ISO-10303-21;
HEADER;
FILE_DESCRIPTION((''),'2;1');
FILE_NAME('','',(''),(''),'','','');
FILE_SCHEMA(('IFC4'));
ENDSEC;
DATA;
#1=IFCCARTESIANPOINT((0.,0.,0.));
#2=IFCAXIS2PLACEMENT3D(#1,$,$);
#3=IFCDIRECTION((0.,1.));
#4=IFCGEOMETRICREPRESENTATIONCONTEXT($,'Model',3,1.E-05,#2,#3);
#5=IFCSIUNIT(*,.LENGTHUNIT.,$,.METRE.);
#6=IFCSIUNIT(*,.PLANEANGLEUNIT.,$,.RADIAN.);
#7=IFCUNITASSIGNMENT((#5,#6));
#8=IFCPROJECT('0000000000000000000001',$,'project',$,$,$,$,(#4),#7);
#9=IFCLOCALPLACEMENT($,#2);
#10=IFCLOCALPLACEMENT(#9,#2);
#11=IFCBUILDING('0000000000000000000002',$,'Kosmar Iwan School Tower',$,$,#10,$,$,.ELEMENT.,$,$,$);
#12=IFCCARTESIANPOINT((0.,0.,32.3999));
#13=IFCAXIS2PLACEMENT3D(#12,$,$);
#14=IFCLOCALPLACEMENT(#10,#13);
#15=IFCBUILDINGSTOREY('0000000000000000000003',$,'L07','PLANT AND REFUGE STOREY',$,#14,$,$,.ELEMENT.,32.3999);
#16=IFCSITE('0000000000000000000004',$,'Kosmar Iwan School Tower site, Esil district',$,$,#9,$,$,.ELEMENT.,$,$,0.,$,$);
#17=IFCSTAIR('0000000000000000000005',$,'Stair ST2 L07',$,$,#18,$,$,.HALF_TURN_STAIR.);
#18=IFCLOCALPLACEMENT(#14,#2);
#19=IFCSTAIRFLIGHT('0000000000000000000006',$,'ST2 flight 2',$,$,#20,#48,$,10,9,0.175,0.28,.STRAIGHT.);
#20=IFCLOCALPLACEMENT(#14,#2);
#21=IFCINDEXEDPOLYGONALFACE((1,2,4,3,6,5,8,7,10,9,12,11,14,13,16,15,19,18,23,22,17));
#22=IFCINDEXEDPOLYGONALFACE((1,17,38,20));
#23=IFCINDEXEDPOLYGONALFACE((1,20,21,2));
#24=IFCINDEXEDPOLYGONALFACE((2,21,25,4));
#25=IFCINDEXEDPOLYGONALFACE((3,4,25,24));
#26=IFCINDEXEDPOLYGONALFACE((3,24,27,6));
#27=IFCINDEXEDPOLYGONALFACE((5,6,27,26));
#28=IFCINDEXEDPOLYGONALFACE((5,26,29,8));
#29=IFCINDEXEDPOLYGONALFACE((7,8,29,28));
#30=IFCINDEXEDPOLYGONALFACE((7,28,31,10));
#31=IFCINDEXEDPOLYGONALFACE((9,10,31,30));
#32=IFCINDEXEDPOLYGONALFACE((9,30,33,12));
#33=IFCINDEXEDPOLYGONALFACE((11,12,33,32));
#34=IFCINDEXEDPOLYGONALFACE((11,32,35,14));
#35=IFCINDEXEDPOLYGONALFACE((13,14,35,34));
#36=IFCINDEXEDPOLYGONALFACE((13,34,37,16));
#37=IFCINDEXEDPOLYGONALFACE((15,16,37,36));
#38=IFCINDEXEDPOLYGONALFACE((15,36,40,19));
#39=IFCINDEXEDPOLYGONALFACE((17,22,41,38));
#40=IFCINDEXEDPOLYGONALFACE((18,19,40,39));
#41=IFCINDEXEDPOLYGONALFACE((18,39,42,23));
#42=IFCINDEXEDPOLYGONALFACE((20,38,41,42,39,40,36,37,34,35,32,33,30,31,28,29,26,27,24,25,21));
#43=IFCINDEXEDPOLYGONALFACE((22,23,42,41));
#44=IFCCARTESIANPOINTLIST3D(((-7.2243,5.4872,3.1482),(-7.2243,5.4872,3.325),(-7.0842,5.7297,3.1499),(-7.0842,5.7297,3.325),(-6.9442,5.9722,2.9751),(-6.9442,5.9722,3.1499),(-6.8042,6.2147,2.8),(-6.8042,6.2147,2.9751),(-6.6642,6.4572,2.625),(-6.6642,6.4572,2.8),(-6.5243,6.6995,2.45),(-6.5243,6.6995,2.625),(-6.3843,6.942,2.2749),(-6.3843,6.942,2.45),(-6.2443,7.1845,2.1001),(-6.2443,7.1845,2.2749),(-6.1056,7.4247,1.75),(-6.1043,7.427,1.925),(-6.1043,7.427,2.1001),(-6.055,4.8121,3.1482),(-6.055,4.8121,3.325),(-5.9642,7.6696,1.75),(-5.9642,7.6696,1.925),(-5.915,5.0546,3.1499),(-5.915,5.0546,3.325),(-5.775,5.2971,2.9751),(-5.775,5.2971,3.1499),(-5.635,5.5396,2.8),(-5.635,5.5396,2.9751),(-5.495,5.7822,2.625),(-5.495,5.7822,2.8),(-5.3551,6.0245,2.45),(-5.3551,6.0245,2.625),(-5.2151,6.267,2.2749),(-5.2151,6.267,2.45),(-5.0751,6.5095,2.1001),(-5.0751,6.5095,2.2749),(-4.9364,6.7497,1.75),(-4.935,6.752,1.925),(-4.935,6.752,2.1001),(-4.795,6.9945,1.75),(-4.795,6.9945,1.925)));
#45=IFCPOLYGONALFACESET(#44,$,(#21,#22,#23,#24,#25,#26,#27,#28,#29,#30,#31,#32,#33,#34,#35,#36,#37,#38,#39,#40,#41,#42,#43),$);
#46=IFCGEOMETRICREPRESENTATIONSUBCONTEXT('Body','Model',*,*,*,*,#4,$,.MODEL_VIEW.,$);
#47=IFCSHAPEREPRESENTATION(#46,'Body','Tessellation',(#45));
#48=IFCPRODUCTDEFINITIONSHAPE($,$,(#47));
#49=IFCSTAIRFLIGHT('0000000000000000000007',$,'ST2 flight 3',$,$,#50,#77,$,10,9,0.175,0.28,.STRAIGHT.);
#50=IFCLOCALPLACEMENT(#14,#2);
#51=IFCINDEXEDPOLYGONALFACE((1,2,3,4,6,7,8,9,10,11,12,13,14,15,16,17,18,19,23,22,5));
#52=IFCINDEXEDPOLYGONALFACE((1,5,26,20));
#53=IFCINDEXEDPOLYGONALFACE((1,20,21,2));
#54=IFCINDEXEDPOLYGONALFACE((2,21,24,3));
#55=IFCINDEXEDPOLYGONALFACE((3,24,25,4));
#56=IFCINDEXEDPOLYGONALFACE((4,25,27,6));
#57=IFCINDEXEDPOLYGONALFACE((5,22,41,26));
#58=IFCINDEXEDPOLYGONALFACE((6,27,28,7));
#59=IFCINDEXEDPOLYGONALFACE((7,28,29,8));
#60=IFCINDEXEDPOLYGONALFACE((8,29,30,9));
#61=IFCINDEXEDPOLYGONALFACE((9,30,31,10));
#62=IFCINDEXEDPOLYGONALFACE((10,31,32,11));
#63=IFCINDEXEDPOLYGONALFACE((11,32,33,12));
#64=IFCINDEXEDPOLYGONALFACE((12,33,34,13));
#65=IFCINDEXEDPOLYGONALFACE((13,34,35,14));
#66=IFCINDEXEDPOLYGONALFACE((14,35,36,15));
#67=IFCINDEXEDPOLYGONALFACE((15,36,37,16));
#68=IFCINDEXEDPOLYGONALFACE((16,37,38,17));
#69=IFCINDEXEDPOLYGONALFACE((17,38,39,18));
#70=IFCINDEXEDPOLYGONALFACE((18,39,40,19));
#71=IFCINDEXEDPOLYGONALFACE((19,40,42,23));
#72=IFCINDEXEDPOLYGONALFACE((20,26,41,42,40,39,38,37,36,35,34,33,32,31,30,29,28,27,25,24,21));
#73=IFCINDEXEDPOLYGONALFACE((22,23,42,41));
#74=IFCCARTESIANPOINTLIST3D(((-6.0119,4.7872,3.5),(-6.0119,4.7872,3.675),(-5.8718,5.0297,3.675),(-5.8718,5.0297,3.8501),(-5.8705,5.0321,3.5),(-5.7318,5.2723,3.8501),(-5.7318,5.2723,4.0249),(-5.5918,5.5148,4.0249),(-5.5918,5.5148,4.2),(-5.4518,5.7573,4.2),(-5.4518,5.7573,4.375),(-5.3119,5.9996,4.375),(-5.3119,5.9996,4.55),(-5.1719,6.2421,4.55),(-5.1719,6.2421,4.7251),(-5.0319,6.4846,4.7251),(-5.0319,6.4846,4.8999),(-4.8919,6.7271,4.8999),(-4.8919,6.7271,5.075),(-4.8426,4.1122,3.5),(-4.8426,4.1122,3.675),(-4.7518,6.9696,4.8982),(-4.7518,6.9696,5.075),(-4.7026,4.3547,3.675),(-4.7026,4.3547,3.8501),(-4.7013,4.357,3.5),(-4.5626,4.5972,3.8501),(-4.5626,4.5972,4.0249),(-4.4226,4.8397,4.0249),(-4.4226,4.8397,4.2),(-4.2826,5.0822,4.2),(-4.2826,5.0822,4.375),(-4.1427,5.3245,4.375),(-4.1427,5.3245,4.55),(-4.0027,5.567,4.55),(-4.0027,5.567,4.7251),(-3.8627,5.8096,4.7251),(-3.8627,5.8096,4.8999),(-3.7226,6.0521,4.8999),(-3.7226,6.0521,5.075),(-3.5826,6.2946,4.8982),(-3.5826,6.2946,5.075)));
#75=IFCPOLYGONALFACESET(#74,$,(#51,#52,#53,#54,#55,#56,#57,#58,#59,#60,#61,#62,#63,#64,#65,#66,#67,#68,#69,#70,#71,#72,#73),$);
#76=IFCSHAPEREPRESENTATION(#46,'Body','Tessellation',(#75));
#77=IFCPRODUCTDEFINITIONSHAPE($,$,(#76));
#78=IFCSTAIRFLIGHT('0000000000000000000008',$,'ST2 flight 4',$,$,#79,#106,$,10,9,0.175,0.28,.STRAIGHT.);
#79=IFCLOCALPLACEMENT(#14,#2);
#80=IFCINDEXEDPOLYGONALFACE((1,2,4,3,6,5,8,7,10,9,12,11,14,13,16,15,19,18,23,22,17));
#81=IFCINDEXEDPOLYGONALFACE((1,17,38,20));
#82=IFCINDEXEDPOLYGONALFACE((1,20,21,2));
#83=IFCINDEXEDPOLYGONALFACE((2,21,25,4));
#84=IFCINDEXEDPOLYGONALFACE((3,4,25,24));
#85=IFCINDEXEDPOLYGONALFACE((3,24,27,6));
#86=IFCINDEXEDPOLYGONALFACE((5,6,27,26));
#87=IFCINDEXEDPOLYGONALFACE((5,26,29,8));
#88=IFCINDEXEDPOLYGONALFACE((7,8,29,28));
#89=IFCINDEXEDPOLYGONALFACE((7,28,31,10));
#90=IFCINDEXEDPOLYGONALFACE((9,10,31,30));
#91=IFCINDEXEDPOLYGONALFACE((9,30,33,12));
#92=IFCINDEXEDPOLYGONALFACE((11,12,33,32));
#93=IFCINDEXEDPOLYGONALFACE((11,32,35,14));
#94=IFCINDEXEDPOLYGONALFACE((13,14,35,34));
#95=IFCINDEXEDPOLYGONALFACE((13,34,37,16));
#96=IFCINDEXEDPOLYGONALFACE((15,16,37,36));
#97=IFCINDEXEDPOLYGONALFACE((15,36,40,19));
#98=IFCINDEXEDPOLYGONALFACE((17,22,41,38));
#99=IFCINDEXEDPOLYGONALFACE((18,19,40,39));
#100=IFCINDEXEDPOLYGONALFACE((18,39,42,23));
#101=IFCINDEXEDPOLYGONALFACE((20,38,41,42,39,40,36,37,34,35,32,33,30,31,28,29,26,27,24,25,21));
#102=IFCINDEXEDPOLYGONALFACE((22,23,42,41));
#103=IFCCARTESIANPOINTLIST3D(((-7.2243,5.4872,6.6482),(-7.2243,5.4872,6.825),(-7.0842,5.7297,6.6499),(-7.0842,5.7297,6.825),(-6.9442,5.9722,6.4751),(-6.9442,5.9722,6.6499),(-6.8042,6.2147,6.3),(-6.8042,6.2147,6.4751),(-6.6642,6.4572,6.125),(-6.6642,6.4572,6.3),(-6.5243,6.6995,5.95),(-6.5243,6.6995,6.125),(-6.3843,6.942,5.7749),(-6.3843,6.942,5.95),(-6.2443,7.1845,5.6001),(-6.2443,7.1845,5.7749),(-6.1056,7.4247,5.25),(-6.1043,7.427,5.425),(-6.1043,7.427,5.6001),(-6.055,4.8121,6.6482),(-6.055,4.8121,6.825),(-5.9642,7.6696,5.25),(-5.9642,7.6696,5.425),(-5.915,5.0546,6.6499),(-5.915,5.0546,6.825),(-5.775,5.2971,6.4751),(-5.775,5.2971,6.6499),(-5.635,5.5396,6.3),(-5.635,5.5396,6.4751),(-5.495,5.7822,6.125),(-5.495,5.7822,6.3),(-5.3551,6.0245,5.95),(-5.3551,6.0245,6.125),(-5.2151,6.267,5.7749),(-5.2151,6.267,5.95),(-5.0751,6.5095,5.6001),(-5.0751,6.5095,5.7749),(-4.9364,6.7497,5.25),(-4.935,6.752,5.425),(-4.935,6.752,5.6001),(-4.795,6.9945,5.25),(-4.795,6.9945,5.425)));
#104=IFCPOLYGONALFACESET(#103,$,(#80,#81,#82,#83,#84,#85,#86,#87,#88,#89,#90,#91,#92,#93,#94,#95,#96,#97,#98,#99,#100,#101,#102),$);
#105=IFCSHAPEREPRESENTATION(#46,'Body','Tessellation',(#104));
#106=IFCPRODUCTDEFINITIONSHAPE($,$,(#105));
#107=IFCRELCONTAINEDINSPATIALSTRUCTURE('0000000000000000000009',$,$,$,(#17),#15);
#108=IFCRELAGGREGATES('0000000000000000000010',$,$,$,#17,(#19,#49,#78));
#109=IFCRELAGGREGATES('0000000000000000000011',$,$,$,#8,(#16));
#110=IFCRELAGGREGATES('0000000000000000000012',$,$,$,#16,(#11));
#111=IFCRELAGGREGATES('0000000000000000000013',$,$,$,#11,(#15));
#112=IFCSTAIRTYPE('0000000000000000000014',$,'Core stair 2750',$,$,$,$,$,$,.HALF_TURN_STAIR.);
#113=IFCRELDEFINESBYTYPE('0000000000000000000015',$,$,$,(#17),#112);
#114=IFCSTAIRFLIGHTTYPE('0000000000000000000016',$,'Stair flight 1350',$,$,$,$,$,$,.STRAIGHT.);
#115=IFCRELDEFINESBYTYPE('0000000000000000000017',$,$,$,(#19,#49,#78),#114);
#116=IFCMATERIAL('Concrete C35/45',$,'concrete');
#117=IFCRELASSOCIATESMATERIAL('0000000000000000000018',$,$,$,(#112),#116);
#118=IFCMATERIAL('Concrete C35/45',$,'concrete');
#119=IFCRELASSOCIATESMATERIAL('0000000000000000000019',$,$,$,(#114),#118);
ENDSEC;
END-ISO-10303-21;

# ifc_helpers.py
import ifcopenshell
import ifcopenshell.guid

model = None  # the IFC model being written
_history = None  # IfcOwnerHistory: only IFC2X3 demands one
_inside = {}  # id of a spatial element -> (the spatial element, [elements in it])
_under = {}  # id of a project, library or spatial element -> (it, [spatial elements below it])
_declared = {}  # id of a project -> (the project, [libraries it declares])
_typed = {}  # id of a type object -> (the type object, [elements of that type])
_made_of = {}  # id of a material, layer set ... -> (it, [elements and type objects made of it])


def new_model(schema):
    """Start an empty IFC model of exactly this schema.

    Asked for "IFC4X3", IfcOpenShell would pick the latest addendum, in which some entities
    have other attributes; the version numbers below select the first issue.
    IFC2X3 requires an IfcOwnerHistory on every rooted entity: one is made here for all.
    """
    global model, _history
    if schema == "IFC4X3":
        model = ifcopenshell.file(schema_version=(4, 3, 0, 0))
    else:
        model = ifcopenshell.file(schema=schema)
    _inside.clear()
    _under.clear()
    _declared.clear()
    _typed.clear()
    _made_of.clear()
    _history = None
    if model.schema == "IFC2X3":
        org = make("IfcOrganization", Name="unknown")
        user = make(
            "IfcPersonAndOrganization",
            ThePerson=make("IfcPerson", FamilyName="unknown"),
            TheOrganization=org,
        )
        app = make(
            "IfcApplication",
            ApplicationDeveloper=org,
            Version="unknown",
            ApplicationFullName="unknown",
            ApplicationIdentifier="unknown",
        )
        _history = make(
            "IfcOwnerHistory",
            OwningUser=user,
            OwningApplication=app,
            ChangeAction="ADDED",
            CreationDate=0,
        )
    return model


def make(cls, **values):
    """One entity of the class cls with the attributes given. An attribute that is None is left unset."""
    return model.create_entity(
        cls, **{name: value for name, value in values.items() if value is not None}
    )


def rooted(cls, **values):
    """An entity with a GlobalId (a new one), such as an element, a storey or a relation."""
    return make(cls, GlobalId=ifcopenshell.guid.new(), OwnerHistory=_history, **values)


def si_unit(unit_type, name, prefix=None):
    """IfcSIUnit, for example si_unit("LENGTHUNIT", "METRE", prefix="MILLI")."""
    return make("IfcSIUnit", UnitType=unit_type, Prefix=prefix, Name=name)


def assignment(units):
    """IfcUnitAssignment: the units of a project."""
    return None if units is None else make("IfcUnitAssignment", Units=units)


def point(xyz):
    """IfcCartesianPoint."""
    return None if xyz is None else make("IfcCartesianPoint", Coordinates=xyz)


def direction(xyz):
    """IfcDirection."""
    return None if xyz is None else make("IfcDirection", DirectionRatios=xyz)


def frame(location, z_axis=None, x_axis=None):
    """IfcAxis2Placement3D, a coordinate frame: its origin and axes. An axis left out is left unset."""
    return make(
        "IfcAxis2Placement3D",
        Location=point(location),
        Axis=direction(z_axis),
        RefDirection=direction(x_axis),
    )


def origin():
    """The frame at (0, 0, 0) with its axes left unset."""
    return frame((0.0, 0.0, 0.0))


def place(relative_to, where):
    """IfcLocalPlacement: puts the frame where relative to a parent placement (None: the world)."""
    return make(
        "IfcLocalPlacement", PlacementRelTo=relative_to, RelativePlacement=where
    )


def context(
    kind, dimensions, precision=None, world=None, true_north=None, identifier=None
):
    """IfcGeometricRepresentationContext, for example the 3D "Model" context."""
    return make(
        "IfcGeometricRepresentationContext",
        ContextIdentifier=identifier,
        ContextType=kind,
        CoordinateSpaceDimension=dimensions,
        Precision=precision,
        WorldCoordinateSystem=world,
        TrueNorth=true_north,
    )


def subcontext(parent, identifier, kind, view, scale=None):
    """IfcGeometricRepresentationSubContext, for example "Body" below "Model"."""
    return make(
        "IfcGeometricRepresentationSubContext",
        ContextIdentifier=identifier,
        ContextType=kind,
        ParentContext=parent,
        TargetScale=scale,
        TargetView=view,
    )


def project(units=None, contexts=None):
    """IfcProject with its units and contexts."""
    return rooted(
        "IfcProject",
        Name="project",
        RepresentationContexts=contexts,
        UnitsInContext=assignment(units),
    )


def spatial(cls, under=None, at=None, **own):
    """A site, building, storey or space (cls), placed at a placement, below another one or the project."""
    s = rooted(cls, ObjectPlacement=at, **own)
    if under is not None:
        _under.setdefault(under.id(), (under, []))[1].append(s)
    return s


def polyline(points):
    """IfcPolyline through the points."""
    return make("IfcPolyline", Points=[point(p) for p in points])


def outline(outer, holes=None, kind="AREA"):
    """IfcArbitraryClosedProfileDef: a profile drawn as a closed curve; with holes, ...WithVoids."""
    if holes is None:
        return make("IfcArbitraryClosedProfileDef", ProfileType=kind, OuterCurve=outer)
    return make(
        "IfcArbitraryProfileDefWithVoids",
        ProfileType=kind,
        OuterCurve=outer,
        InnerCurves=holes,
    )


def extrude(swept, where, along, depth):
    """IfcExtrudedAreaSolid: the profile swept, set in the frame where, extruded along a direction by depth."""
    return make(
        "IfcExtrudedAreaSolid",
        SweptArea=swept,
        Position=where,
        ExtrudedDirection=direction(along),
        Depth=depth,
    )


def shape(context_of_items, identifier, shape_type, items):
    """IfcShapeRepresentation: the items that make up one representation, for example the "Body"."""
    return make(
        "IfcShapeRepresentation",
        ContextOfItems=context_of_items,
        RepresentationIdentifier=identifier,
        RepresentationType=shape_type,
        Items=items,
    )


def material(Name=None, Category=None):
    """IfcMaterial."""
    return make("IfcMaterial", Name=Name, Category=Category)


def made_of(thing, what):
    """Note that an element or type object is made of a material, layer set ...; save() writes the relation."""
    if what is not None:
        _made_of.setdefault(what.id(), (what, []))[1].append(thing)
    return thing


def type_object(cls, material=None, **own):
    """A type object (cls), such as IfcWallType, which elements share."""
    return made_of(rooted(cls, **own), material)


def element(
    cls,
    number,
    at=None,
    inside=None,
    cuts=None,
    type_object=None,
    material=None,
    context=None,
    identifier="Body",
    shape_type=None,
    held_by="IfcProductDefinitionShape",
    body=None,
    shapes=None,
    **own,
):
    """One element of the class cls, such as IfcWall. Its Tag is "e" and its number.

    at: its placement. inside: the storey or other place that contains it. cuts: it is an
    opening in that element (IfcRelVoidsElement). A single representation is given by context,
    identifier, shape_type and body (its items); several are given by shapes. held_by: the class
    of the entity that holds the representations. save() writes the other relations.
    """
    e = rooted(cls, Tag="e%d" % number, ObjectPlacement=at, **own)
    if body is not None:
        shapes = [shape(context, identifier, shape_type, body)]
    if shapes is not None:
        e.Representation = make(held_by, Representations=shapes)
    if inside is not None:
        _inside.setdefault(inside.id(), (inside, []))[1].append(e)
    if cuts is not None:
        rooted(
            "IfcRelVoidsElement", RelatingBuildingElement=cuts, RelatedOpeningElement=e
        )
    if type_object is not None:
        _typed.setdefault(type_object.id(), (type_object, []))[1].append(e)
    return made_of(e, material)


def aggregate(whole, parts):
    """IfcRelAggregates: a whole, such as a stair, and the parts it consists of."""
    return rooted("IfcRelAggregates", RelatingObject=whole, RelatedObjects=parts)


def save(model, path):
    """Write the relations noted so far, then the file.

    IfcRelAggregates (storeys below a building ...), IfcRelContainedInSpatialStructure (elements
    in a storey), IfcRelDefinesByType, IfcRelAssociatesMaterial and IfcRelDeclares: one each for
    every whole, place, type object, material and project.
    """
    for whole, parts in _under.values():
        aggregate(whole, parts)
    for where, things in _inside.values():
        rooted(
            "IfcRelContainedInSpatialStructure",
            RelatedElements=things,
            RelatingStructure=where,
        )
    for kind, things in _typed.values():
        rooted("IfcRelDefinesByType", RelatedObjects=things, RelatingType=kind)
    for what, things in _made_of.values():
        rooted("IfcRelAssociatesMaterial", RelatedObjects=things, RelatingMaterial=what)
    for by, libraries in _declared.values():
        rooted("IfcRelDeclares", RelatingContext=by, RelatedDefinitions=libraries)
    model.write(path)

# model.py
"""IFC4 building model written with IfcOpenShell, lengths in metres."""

from ifc_helpers import new_model, si_unit, direction, frame, origin, place, context, subcontext, project, spatial, polyline, outline, extrude, material, type_object, element, aggregate, save


model = new_model("IFC4")

# Units and contexts
model_context = context("Model", 3, precision=1e-05, world=origin(), true_north=direction((0.0, 1.0)))
body_context = subcontext(model_context, "Body", "Model", "MODEL_VIEW")
ifc_project = project(units=[si_unit("LENGTHUNIT", "METRE"), si_unit("PLANEANGLEUNIT", "RADIAN")], contexts=[model_context])

# Site, building, storey
site_placement = place(None, origin())
site = spatial("IfcSite", under=ifc_project, at=site_placement, Name="Kosmar Iwan School Tower site, Esil district", CompositionType="ELEMENT", RefElevation=0.0)
building_placement = place(site_placement, origin())
building = spatial("IfcBuilding", under=site, at=building_placement, Name="Kosmar Iwan School Tower", CompositionType="ELEMENT")
storey_placement = place(building_placement, frame((0.0, 0.0, 32.3999)))
storey = spatial("IfcBuildingStorey", under=building, at=storey_placement, Name="L07", Description="PLANT AND REFUGE STOREY", CompositionType="ELEMENT", Elevation=32.3999)

# Stair, stair flights
ifc_material_1 = material(Name="Concrete C35/45", Category="concrete")
stair_type = type_object("IfcStairType", Name="Core stair 2750", PredefinedType="HALF_TURN_STAIR", material=ifc_material_1)
stair_placement = place(storey_placement, origin())
stair = element("IfcStair", 1, at=stair_placement, inside=storey, type_object=stair_type, Name="Stair ST2 L07", PredefinedType="HALF_TURN_STAIR")
ifc_material_2 = material(Name="Concrete C35/45", Category="concrete")
stair_flight_type = type_object("IfcStairFlightType", Name="Stair flight 1350", PredefinedType="STRAIGHT", material=ifc_material_2)
stair_flight_1_placement = place(storey_placement, frame((-5.3796, 7.332, 1.75), z_axis=(0.0, 0.0, 1.0), x_axis=(-0.5, -0.866025, 0.0)))
stair_flight_1 = element("IfcStairFlight", 2, at=stair_flight_1_placement, type_object=stair_flight_type, Name="ST2 flight 2", NumberOfRisers=10, NumberOfTreads=9, PredefinedType="STRAIGHT", RiserHeight=0.175, TreadLength=0.28, context=body_context, shape_type="SweptSolid", body=[
    extrude(outline(polyline([(0.0, 0.0), (0.0, 0.175), (0.28, 0.175), (0.28, 0.3501), (0.5601, 0.3501), (0.5601, 0.5249), (0.8401, 0.5249), (0.8401, 0.7), (1.1201, 0.7), (1.1201, 0.875), (1.3999, 0.875), (1.3999, 1.05), (1.6799, 1.05), (1.6799, 1.2251), (1.96, 1.2251), (1.96, 1.3999), (2.24, 1.3999), (2.24, 1.575), (2.52, 1.575), (2.52, 1.75), (2.52, 1.3982), (0.2827, 0.0), (0.0, 0.0)])), frame((0.0, 0.675, 0.0), z_axis=(0.0, -1.0, 0.0), x_axis=(1.0, 0.0, 0.0)), (0.0, 0.0, 1.0), 1.3501),
])
stair_flight_2_placement = place(storey_placement, frame((-5.4272, 4.4497, 3.5), z_axis=(0.0, 0.0, 1.0), x_axis=(0.5, 0.866025, 0.0)))
stair_flight_2 = element("IfcStairFlight", 3, at=stair_flight_2_placement, type_object=stair_flight_type, Name="ST2 flight 3", NumberOfRisers=10, NumberOfTreads=9, PredefinedType="STRAIGHT", RiserHeight=0.175, TreadLength=0.28, context=body_context, shape_type="SweptSolid", body=[
    extrude(outline(polyline([(0.0, 0.0), (0.0, 0.175), (0.28, 0.175), (0.28, 0.3501), (0.5601, 0.3501), (0.5601, 0.5249), (0.8401, 0.5249), (0.8401, 0.7), (1.1201, 0.7), (1.1201, 0.875), (1.3999, 0.875), (1.3999, 1.05), (1.6799, 1.05), (1.6799, 1.2251), (1.96, 1.2251), (1.96, 1.3999), (2.24, 1.3999), (2.24, 1.575), (2.52, 1.575), (2.52, 1.75), (2.52, 1.3982), (0.2827, 0.0), (0.0, 0.0)])), frame((0.0, 0.675, 0.0), z_axis=(0.0, -1.0, 0.0), x_axis=(1.0, 0.0, 0.0)), (0.0, 0.0, 1.0), 1.3501),
])
stair_flight_3_placement = place(storey_placement, frame((-5.3796, 7.332, 5.25), z_axis=(0.0, 0.0, 1.0), x_axis=(-0.5, -0.866025, 0.0)))
stair_flight_3 = element("IfcStairFlight", 4, at=stair_flight_3_placement, type_object=stair_flight_type, Name="ST2 flight 4", NumberOfRisers=10, NumberOfTreads=9, PredefinedType="STRAIGHT", RiserHeight=0.175, TreadLength=0.28, context=body_context, shape_type="SweptSolid", body=[
    extrude(outline(polyline([(0.0, 0.0), (0.0, 0.175), (0.28, 0.175), (0.28, 0.3501), (0.5601, 0.3501), (0.5601, 0.5249), (0.8401, 0.5249), (0.8401, 0.7), (1.1201, 0.7), (1.1201, 0.875), (1.3999, 0.875), (1.3999, 1.05), (1.6799, 1.05), (1.6799, 1.2251), (1.96, 1.2251), (1.96, 1.3999), (2.24, 1.3999), (2.24, 1.575), (2.52, 1.575), (2.52, 1.75), (2.52, 1.3982), (0.2827, 0.0), (0.0, 0.0)])), frame((0.0, 0.675, 0.0), z_axis=(0.0, -1.0, 0.0), x_axis=(1.0, 0.0, 0.0)), (0.0, 0.0, 1.0), 1.3501),
])
aggregate(stair, [stair_flight_1, stair_flight_2, stair_flight_3])

save(model, "model.ifc")
